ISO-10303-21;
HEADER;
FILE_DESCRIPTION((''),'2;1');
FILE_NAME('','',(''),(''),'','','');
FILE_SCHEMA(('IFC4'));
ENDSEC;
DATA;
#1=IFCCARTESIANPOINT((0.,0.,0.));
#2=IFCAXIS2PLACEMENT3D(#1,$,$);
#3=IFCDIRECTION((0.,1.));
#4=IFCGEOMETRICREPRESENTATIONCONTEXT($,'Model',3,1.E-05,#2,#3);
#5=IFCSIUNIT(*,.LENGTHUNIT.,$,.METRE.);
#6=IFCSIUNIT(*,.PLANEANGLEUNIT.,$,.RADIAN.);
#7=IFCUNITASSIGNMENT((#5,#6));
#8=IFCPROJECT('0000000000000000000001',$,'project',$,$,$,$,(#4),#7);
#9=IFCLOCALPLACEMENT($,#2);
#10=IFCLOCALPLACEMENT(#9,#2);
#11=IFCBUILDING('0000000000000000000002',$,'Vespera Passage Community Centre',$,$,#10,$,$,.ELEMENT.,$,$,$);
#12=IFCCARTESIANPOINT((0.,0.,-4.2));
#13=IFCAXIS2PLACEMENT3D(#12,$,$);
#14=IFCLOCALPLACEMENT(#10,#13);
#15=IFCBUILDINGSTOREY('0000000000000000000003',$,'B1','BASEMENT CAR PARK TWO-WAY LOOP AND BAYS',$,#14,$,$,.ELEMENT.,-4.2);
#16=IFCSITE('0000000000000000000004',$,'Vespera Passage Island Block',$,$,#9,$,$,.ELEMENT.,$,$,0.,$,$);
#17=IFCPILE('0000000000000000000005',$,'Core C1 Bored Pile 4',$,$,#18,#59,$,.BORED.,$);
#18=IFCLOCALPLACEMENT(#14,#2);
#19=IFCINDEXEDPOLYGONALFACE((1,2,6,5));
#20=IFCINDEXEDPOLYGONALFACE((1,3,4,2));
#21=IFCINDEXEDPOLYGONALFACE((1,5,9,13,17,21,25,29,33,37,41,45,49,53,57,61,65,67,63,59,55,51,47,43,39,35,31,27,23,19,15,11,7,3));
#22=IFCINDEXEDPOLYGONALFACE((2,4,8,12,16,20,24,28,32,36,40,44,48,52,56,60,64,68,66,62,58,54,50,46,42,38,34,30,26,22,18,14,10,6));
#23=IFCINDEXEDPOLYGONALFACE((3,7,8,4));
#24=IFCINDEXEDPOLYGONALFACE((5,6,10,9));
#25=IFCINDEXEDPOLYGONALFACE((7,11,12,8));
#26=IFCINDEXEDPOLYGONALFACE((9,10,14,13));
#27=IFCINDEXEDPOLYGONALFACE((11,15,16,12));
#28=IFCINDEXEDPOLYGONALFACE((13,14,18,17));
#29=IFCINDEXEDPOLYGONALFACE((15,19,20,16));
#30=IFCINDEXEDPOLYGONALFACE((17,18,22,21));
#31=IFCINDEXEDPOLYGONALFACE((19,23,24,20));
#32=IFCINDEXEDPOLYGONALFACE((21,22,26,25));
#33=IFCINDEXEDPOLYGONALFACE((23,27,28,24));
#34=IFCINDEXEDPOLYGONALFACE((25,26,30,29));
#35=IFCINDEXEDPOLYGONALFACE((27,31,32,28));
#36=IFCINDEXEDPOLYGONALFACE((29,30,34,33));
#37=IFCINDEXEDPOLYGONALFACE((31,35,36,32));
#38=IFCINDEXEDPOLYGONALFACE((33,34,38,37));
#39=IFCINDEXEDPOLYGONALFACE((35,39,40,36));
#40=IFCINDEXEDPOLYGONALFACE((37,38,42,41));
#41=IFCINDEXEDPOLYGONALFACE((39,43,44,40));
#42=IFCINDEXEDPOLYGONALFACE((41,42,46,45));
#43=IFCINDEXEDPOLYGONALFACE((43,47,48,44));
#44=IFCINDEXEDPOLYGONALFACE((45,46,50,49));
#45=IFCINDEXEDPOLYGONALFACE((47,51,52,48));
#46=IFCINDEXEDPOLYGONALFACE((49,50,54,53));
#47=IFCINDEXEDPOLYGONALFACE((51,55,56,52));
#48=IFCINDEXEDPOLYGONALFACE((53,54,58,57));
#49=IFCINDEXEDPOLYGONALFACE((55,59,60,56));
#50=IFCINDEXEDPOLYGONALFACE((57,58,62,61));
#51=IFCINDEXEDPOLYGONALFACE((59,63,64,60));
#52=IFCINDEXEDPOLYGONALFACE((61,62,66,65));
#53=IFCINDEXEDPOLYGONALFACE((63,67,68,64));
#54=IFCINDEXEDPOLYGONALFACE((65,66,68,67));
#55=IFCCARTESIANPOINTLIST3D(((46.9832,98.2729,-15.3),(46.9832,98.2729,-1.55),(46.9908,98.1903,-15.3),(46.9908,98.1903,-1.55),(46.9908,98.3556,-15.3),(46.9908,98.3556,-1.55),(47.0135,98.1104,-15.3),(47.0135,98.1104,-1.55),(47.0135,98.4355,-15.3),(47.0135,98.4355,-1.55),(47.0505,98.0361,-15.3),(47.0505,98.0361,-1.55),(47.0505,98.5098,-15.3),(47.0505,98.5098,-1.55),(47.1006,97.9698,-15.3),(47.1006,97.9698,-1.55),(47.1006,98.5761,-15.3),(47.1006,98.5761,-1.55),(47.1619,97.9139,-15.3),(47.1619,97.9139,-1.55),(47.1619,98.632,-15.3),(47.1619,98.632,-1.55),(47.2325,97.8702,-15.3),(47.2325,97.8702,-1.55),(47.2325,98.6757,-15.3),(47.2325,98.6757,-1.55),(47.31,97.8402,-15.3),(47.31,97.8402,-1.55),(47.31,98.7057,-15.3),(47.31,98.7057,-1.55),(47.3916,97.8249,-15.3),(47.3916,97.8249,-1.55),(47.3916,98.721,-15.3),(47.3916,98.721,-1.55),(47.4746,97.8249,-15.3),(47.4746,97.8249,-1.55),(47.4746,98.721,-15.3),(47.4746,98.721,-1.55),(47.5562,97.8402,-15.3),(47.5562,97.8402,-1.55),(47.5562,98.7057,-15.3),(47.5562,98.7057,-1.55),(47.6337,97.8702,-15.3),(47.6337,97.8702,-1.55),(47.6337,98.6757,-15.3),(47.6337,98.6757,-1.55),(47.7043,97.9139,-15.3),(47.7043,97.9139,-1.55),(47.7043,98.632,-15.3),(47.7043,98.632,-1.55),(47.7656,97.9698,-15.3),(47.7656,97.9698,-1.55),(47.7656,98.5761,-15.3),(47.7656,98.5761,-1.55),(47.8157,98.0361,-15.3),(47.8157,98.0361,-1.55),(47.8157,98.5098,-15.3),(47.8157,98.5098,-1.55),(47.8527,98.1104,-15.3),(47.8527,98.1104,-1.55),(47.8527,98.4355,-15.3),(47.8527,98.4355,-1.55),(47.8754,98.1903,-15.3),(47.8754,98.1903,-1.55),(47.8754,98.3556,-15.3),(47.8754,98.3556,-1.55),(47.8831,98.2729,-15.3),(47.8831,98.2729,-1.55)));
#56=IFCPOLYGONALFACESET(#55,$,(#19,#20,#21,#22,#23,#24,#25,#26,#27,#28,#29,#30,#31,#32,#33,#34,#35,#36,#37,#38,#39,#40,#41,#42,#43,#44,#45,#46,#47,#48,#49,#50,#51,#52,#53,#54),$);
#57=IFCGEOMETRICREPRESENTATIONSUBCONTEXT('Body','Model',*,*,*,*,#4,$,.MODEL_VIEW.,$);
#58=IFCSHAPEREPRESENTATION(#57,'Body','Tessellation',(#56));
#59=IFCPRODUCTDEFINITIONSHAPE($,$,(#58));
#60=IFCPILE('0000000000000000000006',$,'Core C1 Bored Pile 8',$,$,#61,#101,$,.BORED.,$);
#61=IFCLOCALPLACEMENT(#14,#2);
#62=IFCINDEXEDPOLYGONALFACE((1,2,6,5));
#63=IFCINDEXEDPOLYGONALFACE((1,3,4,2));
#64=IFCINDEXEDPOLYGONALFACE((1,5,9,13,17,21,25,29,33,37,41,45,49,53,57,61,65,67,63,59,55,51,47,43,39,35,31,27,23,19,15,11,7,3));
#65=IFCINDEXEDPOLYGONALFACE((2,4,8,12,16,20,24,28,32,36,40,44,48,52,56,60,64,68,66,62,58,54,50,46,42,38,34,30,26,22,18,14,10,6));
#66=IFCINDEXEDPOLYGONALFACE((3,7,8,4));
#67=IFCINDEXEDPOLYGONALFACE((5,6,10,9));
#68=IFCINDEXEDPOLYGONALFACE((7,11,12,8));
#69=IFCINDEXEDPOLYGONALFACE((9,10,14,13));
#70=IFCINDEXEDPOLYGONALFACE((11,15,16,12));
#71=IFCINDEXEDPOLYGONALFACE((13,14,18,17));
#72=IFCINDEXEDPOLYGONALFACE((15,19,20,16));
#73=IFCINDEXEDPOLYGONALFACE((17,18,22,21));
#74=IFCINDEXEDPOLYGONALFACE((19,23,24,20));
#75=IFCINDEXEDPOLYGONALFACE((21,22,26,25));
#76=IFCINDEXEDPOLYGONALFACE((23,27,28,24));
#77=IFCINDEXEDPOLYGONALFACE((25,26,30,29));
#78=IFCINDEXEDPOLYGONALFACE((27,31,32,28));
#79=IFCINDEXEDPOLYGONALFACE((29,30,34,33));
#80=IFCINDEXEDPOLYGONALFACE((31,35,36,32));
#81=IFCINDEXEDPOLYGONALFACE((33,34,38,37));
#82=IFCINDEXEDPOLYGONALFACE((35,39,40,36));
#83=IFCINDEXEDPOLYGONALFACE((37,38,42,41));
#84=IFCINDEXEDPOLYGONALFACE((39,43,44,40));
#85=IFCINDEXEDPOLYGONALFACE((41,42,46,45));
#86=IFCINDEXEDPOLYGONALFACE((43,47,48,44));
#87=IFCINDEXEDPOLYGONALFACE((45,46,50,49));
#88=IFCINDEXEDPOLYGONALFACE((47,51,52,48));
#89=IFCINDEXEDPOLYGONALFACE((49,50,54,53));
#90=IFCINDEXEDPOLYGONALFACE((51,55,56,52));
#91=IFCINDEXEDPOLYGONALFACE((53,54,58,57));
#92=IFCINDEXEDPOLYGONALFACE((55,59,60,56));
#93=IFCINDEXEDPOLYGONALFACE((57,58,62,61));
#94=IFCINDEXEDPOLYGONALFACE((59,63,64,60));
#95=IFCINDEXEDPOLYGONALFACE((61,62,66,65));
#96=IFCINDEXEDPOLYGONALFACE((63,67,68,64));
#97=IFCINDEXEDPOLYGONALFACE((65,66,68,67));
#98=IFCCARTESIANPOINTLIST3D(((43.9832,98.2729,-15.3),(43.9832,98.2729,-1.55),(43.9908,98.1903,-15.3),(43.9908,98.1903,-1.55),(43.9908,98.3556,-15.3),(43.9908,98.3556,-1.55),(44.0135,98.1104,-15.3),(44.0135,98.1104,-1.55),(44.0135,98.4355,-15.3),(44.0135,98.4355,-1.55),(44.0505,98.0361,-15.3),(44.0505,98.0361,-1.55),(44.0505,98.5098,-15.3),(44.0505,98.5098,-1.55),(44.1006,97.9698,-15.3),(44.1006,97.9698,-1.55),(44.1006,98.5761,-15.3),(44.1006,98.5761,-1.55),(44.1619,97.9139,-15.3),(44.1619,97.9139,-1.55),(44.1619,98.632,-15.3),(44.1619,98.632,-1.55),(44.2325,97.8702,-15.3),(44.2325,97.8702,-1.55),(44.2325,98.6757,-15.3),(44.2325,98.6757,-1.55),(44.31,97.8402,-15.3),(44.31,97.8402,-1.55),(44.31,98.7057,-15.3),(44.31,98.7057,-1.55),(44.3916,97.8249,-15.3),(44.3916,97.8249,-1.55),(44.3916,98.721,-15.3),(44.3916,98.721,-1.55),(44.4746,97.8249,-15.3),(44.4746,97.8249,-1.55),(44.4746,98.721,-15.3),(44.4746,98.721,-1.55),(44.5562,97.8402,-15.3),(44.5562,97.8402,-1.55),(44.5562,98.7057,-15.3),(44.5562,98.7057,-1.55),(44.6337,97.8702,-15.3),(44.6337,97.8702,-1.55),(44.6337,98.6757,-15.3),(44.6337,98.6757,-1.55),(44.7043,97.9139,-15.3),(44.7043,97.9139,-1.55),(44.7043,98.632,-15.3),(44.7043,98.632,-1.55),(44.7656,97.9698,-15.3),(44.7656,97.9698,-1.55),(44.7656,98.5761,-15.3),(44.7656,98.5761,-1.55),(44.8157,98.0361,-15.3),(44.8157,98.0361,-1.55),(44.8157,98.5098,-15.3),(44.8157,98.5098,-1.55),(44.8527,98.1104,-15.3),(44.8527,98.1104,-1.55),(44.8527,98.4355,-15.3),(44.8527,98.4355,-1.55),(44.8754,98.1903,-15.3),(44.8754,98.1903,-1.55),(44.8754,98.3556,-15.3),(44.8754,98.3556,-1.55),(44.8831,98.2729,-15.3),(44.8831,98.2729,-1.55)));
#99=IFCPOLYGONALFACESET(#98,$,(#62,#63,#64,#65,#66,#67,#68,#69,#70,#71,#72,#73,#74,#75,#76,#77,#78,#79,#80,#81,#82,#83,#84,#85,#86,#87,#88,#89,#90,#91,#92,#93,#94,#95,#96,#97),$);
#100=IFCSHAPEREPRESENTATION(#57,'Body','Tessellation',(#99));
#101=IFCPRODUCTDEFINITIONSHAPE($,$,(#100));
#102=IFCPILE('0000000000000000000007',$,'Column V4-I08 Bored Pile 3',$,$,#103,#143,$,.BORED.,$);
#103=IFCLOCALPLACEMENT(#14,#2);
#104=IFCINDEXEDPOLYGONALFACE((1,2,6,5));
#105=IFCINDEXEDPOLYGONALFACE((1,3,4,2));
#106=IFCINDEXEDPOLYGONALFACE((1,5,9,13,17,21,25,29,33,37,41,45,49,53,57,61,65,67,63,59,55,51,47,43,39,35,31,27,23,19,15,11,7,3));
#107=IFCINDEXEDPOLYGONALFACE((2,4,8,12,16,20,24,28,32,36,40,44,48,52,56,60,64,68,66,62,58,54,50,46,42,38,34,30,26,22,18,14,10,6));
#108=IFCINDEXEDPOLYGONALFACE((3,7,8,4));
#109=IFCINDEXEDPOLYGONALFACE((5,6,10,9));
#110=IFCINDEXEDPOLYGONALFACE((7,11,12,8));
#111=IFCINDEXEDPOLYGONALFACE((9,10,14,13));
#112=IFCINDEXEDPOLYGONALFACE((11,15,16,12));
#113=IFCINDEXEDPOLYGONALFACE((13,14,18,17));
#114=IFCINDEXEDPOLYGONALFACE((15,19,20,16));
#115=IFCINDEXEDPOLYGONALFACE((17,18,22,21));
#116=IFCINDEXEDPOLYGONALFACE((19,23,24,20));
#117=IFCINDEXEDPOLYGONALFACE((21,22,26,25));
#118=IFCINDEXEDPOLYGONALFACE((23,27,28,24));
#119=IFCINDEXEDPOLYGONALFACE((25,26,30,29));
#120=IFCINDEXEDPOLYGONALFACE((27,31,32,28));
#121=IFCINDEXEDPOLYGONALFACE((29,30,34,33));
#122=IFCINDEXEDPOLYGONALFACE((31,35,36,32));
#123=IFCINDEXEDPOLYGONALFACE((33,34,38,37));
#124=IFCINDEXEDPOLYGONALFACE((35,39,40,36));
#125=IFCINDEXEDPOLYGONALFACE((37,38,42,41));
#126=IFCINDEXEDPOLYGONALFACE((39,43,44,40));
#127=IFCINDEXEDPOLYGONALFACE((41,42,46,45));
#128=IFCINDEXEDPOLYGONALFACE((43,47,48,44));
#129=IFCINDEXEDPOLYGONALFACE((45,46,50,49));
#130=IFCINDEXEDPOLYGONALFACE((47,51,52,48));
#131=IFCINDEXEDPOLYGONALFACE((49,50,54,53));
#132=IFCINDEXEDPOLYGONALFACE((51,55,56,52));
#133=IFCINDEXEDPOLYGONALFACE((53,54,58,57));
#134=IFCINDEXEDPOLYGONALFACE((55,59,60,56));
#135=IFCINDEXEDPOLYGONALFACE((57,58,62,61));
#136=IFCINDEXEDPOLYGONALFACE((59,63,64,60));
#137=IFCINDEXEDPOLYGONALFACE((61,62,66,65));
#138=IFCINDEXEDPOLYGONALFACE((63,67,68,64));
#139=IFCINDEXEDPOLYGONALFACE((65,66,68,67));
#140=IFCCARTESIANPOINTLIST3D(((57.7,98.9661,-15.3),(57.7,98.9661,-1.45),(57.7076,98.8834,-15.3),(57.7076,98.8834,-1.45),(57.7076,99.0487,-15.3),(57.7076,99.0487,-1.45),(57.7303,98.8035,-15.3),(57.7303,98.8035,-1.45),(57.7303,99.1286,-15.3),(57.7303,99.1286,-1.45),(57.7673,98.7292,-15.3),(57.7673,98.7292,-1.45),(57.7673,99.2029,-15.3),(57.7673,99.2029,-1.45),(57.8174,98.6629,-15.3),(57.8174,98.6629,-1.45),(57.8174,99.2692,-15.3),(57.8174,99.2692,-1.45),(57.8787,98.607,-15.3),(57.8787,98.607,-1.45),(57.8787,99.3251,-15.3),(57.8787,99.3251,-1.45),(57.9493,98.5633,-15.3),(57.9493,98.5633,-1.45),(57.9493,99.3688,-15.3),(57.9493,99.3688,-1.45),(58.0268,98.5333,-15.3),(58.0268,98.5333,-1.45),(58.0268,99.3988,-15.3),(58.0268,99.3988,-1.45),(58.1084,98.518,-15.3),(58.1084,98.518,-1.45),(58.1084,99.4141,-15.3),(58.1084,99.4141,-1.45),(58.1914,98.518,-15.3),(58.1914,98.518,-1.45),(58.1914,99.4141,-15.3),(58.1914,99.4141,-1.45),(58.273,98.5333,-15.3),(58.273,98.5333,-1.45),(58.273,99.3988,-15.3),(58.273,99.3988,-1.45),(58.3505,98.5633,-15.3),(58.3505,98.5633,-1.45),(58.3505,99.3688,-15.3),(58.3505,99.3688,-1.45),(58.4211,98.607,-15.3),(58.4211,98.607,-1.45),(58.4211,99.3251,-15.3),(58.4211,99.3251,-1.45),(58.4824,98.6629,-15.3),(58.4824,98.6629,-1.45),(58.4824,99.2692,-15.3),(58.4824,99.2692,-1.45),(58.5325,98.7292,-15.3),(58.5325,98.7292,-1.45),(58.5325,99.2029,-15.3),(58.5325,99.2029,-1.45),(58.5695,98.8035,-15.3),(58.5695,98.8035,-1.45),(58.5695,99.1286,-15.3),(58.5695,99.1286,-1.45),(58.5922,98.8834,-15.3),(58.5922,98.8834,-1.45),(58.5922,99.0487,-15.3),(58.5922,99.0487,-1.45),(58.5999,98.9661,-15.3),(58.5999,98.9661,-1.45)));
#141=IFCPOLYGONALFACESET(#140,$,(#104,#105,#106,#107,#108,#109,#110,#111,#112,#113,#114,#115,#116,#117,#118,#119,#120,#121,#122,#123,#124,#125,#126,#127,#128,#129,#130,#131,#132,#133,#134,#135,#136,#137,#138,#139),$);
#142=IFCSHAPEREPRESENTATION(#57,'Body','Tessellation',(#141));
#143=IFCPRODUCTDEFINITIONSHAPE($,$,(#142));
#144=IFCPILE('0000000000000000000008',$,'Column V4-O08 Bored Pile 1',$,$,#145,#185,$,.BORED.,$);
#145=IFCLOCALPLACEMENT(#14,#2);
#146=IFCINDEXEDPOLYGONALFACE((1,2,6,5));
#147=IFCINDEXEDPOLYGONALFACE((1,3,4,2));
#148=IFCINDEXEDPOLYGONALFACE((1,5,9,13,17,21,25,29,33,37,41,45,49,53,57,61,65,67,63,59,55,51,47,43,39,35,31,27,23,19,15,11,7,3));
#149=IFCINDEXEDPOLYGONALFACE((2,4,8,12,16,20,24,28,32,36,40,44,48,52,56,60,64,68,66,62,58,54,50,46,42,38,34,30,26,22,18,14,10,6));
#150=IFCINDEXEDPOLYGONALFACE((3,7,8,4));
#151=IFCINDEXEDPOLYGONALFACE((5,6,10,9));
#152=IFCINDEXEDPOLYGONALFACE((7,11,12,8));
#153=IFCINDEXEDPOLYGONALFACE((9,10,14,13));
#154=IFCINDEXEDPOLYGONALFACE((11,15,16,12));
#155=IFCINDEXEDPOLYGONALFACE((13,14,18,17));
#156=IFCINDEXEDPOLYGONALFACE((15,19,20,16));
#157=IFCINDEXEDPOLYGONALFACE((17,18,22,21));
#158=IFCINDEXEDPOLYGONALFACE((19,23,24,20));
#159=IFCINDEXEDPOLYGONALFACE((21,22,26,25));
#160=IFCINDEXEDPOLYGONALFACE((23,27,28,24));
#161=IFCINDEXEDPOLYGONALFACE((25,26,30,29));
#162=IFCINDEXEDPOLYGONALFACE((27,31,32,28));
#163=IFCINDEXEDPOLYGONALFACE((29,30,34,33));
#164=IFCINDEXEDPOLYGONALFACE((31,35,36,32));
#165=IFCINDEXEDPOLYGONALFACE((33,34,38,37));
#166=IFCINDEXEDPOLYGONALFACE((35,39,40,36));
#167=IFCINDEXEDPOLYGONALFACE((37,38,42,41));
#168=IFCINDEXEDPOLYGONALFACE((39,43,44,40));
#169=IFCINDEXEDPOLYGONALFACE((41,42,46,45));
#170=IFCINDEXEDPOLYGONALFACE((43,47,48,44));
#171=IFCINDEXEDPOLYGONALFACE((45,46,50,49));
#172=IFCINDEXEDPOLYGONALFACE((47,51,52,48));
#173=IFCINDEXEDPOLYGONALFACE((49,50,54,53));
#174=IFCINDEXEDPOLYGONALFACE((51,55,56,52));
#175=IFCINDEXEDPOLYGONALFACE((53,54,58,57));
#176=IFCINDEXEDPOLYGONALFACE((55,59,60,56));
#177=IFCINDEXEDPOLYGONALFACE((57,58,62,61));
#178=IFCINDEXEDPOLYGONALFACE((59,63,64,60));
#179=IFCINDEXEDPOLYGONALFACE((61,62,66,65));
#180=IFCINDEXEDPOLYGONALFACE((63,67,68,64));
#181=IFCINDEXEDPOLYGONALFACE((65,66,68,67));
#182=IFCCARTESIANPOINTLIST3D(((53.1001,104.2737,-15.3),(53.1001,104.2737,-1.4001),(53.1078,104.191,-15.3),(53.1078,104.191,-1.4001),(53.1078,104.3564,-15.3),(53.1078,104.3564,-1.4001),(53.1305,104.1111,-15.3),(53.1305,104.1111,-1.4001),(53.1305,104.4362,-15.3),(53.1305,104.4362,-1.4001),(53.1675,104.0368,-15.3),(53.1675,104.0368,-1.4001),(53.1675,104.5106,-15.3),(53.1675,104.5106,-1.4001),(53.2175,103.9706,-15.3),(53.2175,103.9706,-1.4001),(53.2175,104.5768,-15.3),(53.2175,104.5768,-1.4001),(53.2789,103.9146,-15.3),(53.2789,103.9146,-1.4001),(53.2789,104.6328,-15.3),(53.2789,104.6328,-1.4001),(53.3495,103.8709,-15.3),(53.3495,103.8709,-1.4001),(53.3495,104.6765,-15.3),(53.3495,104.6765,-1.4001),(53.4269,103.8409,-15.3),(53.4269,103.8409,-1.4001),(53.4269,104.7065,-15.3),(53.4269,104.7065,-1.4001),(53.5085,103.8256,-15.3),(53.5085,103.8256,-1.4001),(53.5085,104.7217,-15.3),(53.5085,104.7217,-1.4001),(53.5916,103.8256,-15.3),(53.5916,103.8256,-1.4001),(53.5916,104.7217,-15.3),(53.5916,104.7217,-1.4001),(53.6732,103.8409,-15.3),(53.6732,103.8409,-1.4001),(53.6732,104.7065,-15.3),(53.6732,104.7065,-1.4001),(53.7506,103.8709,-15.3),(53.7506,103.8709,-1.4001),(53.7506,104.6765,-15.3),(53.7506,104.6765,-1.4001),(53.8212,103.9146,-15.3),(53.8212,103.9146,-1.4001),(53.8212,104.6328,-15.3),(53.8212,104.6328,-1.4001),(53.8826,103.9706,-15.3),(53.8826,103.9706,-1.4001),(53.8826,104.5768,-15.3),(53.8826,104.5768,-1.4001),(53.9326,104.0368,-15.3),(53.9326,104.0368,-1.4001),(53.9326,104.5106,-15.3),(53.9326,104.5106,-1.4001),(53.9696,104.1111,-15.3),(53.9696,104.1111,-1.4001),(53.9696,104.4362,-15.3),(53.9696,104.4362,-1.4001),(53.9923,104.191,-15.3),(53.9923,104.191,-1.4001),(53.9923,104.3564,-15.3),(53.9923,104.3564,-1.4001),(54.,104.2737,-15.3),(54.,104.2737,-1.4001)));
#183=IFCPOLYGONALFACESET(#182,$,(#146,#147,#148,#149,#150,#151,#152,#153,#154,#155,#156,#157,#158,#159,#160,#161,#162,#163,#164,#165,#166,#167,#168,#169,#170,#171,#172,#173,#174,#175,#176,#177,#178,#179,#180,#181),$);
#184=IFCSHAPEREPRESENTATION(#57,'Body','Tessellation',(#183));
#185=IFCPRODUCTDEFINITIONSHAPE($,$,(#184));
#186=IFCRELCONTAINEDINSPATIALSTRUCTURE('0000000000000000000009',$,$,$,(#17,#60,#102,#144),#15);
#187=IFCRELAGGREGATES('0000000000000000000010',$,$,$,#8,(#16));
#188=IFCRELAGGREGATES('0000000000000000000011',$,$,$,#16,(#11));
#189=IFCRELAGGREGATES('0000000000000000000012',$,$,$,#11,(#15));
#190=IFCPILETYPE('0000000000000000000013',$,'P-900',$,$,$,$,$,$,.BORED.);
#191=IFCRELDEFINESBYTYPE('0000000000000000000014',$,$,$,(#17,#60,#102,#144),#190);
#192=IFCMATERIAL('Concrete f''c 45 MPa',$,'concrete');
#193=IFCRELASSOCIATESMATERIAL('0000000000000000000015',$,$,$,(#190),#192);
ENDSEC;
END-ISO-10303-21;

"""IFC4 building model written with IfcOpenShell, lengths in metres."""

from ifc_helpers import new_model, si_unit, direction, frame, origin, origin_2d, place, context, subcontext, project, spatial, circle, extrude, material, material_profile, profile_set, type_object, element, save


model = new_model("IFC4")

# Units and contexts
model_context = context("Model", 3, precision=1e-05, world=origin(), true_north=direction((0.0, 1.0)))
body_context = subcontext(model_context, "Body", "Model", "MODEL_VIEW")
ifc_project = project(units=[si_unit("LENGTHUNIT", "METRE"), si_unit("PLANEANGLEUNIT", "RADIAN")], contexts=[model_context])

# Site, building, storey
site_placement = place(None, origin())
site = spatial("IfcSite", under=ifc_project, at=site_placement, Name="Vespera Passage Island Block", CompositionType="ELEMENT", RefElevation=0.0)
building_placement = place(site_placement, origin())
building = spatial("IfcBuilding", under=site, at=building_placement, Name="Vespera Passage Community Centre", CompositionType="ELEMENT")
storey_placement = place(building_placement, frame((0.0, 0.0, -4.2)))
storey = spatial("IfcBuildingStorey", under=building, at=storey_placement, Name="B1", Description="BASEMENT CAR PARK TWO-WAY LOOP AND BAYS", CompositionType="ELEMENT", Elevation=-4.2)

# Piles
ifc_material_1 = material(Name="Concrete f'c 45 MPa", Category="concrete")
ifc_material_profile_1 = material_profile(ifc_material_1, circle(Radius=0.45, at=origin_2d()), Name="PILE900DIA")
ifc_profile_set_1 = profile_set([ifc_material_profile_1], Name="Concrete f'c 45 MPa")
pile_type = type_object("IfcPileType", Name="P-900", PredefinedType="BORED", material=ifc_profile_set_1)
for number, where, z_axis, x_axis, name in (
    (1, (47.4331, 98.2729, -1.55), (0.0, 0.0, -1.0), (1.0, 0.0, 0.0), "Core C1 Bored Pile 4"),
    (2, (44.4331, 98.2729, -1.55), (0.0, 0.0, -1.0), (1.0, 0.0, 0.0), "Core C1 Bored Pile 8"),
):
    element("IfcPile", number, at=place(storey_placement, frame(where, z_axis=z_axis, x_axis=x_axis)), inside=storey, type_object=pile_type, Name=name, PredefinedType="BORED", context=body_context, shape_type="SweptSolid", body=[
        extrude(circle(Radius=0.45, at=origin_2d()), origin(), (0.0, 0.0, 1.0), 13.75),
    ])
pile_placement = place(storey_placement, frame((58.1499, 98.9661, -1.45), z_axis=(0.0, 0.0, -1.0), x_axis=(1.0, 0.0, 0.0)))
element("IfcPile", 3, at=pile_placement, inside=storey, type_object=pile_type, Name="Column V4-I08 Bored Pile 3", PredefinedType="BORED", context=body_context, shape_type="SweptSolid", body=[
    extrude(circle(Radius=0.45, at=origin_2d()), origin(), (0.0, 0.0, 1.0), 13.8501),
])
for number, where, z_axis, x_axis, name in (
    (4, (53.55, 104.2737, -1.4001), (0.0, 0.0, -1.0), (1.0, 0.0, 0.0), "Column V4-O08 Bored Pile 1"),
):
    element("IfcPile", number, at=place(storey_placement, frame(where, z_axis=z_axis, x_axis=x_axis)), inside=storey, type_object=pile_type, Name=name, PredefinedType="BORED", context=body_context, shape_type="SweptSolid", body=[
        extrude(circle(Radius=0.45, at=origin_2d()), origin(), (0.0, 0.0, 1.0), 13.8999),
    ])

save(model, "model.ifc")
